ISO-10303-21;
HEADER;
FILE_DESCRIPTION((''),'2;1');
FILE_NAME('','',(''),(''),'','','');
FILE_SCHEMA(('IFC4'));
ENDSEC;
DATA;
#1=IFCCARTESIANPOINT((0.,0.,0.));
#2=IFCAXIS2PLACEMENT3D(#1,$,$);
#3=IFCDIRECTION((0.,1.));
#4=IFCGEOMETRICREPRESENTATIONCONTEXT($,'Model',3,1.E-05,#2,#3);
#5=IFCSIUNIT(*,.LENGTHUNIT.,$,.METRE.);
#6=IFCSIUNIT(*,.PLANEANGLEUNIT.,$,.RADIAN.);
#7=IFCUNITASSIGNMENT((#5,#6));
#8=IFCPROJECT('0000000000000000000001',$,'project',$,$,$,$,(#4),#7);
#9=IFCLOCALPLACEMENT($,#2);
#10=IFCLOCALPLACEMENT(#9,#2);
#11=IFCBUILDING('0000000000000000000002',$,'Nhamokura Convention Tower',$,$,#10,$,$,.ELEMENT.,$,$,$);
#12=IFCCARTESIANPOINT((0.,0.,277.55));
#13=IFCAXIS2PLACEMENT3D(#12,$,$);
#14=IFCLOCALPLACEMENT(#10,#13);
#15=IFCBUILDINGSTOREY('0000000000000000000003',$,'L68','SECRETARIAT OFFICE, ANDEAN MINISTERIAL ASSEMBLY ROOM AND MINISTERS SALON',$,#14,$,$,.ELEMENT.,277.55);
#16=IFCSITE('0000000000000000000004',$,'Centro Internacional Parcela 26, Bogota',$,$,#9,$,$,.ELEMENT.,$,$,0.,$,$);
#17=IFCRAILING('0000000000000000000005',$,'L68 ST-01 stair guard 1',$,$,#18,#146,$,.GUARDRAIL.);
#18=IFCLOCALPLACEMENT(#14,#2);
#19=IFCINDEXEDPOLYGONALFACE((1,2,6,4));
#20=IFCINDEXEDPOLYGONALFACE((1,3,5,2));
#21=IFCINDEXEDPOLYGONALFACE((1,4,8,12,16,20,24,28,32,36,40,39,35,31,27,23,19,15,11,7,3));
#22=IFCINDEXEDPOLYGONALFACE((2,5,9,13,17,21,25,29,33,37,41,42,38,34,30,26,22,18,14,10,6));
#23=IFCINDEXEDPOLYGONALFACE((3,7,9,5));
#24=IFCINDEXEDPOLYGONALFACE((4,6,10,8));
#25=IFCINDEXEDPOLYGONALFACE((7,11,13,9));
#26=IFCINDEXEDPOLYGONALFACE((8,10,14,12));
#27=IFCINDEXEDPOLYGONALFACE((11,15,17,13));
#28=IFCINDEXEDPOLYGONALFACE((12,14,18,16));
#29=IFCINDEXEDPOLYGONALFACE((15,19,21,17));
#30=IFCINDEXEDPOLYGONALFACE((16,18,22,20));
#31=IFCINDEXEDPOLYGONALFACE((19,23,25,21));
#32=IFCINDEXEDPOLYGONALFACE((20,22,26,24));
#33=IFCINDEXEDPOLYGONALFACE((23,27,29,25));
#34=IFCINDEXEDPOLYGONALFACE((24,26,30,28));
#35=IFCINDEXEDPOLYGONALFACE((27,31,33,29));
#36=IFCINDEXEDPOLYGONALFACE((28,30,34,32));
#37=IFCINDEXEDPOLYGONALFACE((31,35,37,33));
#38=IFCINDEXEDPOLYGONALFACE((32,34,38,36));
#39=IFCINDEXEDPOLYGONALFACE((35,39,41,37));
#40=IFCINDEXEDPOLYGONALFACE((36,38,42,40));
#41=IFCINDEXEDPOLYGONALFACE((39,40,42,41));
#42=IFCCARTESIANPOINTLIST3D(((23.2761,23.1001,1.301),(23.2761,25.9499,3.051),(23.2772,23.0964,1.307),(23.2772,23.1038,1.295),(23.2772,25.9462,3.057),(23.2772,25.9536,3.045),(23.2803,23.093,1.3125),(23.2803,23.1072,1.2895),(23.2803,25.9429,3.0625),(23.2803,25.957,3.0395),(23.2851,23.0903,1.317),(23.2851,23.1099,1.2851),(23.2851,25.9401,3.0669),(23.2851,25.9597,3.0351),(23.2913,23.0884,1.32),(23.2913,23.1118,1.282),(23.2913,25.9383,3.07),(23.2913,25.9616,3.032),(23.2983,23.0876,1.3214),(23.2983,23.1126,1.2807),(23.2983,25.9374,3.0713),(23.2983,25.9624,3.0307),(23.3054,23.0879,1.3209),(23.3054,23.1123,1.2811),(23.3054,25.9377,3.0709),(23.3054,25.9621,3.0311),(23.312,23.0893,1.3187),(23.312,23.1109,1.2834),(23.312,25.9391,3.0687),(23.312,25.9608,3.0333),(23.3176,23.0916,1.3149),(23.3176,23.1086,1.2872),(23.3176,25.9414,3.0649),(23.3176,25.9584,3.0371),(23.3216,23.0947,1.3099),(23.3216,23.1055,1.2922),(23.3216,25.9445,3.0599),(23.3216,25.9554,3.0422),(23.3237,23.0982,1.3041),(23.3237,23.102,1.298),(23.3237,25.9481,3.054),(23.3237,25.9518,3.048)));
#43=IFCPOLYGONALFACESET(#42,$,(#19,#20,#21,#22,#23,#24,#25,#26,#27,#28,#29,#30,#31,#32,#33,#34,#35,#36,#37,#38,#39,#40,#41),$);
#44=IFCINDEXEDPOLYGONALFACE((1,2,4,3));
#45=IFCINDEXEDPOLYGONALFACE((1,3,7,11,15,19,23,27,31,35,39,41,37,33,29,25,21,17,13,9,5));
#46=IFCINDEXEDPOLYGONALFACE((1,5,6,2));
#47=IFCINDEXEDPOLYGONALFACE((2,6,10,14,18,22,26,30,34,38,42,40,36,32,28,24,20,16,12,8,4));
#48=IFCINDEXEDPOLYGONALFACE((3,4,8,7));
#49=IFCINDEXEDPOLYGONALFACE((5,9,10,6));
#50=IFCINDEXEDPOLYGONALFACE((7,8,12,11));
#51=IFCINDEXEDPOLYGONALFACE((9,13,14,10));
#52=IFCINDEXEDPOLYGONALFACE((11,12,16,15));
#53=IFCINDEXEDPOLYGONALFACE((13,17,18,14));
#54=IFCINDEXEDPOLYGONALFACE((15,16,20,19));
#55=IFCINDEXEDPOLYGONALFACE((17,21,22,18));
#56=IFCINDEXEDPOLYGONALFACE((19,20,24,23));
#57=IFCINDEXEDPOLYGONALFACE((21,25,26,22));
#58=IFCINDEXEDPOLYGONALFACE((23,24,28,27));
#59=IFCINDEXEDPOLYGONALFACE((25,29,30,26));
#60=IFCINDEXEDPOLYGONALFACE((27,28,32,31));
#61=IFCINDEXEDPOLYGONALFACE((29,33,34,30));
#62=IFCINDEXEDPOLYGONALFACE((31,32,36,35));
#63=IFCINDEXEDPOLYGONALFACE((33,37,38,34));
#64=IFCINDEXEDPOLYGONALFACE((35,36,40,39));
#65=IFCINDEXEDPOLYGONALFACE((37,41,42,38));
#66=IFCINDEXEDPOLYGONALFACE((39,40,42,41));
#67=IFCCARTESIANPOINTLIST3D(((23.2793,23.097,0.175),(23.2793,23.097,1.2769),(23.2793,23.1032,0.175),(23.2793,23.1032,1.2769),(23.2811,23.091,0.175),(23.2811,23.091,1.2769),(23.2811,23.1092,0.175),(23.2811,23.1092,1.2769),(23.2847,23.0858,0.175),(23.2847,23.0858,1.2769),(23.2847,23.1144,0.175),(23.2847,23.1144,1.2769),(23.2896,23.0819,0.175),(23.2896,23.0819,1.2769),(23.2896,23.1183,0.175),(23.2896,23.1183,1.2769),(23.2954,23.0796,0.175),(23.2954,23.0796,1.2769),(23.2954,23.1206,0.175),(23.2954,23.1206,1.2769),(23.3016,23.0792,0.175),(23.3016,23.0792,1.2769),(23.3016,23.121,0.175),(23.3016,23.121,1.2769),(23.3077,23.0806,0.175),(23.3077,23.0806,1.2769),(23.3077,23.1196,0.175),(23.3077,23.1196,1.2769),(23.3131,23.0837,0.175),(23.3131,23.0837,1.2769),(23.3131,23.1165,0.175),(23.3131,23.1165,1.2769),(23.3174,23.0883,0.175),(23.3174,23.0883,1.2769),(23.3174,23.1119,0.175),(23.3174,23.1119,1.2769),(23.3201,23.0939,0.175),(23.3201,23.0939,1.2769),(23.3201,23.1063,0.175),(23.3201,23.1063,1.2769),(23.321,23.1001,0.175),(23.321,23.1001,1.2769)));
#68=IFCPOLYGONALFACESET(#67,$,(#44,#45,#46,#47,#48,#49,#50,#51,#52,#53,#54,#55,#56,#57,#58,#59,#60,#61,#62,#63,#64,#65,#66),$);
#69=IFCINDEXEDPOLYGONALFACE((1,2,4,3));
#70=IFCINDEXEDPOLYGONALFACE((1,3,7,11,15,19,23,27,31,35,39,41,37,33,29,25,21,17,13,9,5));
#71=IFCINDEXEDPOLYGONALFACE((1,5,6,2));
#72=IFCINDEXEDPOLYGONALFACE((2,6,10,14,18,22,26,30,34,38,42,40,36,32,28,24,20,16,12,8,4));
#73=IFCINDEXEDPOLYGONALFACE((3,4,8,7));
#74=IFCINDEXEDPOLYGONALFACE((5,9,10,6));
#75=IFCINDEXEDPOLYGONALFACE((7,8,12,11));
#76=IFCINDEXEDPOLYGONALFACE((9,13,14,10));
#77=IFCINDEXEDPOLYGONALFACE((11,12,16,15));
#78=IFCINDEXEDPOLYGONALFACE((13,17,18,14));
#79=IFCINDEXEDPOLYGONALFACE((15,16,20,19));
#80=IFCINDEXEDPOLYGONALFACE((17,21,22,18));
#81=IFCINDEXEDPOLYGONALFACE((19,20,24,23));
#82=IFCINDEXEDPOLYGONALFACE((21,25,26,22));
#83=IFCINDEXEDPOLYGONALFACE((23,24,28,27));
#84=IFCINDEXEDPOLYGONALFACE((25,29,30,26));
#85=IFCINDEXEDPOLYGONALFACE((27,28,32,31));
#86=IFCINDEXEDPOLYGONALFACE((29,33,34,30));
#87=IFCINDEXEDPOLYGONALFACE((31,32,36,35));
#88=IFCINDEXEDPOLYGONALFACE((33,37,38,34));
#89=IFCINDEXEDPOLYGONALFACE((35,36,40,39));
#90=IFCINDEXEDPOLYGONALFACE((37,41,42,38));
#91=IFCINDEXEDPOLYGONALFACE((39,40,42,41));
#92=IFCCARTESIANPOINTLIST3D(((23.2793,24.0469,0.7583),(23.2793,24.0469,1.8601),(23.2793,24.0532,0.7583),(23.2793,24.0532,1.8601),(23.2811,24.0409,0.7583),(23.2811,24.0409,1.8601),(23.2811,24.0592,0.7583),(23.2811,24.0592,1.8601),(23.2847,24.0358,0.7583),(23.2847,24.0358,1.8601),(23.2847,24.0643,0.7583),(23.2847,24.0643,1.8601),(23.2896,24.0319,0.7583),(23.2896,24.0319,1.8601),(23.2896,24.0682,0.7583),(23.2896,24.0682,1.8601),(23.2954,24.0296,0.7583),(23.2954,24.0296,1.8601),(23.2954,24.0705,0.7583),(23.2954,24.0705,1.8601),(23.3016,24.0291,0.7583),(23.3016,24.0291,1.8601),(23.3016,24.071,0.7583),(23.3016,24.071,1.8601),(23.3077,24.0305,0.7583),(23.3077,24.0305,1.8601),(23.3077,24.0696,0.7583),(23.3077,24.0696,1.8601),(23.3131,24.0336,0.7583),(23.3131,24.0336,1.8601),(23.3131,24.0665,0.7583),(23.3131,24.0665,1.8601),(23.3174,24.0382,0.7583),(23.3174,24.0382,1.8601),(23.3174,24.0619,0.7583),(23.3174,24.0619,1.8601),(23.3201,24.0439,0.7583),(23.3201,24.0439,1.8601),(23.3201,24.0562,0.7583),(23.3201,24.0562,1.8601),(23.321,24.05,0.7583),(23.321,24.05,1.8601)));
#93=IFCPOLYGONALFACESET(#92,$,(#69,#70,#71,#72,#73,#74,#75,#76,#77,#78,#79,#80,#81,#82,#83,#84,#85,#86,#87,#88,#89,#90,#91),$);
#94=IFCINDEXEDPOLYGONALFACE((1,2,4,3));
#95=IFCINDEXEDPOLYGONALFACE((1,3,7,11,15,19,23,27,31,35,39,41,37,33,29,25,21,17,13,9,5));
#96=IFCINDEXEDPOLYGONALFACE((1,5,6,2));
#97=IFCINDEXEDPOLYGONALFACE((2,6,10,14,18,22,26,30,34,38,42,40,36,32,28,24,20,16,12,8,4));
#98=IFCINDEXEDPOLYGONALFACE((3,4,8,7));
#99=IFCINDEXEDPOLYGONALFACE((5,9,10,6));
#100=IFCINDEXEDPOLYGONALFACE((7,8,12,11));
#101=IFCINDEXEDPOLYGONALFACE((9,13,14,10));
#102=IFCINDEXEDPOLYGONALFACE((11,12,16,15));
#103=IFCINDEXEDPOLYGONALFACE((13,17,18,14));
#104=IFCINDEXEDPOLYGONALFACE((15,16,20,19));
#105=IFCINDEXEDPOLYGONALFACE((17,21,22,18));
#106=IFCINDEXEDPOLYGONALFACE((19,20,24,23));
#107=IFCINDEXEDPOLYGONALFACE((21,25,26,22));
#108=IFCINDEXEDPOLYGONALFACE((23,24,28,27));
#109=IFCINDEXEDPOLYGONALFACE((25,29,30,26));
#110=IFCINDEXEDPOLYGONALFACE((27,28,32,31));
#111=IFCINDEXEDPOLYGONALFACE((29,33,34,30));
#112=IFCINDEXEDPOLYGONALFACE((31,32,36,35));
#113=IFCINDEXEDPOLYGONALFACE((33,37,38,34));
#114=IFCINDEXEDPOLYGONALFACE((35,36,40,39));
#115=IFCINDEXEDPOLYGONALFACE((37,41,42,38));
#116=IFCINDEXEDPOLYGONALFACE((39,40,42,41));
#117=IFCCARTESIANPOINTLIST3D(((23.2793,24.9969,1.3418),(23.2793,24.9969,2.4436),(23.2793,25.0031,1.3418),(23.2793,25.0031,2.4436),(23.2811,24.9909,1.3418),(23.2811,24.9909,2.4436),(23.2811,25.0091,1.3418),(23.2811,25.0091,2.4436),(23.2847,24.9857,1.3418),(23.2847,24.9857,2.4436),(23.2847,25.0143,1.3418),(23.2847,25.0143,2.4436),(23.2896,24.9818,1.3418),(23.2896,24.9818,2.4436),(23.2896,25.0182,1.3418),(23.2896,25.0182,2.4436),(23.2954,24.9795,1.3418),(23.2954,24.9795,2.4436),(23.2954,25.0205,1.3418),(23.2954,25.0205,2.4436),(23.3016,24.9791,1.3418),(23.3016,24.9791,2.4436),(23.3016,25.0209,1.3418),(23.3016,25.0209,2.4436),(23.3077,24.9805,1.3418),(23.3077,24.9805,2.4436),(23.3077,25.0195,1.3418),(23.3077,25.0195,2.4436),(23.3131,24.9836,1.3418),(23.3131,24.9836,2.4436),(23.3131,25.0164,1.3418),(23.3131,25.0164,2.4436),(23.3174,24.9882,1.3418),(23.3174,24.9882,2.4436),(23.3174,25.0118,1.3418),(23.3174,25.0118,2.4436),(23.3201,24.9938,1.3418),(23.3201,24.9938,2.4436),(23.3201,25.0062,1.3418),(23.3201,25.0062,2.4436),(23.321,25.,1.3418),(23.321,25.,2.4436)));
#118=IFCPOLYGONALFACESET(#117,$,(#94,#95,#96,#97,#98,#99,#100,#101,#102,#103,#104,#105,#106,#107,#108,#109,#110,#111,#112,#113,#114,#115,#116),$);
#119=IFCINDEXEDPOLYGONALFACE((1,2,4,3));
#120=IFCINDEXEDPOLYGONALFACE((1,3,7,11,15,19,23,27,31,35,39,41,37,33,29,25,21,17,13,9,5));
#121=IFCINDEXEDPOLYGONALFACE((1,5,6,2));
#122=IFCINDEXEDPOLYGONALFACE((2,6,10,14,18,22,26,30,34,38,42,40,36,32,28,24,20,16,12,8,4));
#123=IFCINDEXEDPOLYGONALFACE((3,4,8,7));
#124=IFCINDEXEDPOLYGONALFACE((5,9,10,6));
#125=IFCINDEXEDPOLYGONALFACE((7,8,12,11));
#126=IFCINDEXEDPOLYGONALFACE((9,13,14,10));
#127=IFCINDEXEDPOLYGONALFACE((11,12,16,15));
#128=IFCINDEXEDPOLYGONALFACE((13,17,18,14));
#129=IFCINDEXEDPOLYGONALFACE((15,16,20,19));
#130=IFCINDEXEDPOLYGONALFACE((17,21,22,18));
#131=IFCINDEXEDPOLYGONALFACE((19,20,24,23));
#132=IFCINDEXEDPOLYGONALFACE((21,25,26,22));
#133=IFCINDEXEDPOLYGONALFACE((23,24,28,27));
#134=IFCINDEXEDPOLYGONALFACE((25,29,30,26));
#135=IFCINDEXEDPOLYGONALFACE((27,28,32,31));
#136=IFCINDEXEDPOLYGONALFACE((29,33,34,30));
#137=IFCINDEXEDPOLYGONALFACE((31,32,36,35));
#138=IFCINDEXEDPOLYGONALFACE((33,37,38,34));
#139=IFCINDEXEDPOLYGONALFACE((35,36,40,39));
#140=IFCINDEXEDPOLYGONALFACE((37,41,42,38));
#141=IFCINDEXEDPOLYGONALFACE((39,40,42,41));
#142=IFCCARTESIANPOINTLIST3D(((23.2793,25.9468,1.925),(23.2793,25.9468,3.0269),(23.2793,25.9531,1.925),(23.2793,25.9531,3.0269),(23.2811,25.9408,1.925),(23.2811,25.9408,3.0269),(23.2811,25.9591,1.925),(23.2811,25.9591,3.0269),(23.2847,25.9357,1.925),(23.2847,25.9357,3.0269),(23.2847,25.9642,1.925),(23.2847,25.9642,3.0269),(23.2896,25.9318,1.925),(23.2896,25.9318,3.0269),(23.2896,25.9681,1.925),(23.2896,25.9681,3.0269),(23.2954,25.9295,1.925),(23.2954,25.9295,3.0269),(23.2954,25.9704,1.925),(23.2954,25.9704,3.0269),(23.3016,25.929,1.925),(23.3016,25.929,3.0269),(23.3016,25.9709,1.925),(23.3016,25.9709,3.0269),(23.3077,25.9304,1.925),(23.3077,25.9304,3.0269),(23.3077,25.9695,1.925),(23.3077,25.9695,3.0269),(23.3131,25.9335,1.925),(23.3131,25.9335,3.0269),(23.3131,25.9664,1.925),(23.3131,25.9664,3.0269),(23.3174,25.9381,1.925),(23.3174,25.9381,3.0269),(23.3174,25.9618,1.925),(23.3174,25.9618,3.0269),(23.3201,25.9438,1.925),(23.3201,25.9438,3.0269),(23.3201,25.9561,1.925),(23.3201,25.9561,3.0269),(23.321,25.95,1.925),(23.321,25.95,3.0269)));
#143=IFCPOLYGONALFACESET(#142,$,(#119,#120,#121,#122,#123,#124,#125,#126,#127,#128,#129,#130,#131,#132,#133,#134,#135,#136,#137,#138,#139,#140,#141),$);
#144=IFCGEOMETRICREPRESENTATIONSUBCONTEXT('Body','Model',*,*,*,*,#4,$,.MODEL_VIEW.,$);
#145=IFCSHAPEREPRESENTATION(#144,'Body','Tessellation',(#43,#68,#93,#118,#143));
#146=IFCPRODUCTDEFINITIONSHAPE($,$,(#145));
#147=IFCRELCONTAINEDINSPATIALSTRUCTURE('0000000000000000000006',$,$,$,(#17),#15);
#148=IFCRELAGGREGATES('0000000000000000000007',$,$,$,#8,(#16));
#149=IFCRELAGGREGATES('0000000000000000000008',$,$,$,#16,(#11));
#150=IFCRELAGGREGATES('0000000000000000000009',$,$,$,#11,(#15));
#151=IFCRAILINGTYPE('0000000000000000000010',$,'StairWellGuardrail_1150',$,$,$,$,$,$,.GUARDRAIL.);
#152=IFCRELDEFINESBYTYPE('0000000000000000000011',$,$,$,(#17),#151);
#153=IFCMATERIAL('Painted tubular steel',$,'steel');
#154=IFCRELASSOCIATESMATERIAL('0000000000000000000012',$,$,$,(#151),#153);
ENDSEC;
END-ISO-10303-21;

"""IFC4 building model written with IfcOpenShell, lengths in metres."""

from ifc_helpers import new_model, si_unit, direction, frame, origin, origin_2d, place, context, subcontext, project, spatial, circle, extrude, material, type_object, element, save


model = new_model("IFC4")

# Units and contexts
model_context = context("Model", 3, precision=1e-05, world=origin(), true_north=direction((0.0, 1.0)))
body_context = subcontext(model_context, "Body", "Model", "MODEL_VIEW")
ifc_project = project(units=[si_unit("LENGTHUNIT", "METRE"), si_unit("PLANEANGLEUNIT", "RADIAN")], contexts=[model_context])

# Site, building, storey
site_placement = place(None, origin())
site = spatial("IfcSite", under=ifc_project, at=site_placement, Name="Centro Internacional Parcela 26, Bogota", CompositionType="ELEMENT", RefElevation=0.0)
building_placement = place(site_placement, origin())
building = spatial("IfcBuilding", under=site, at=building_placement, Name="Nhamokura Convention Tower", CompositionType="ELEMENT")
storey_placement = place(building_placement, frame((0.0, 0.0, 277.55)))
storey = spatial("IfcBuildingStorey", under=building, at=storey_placement, Name="L68", Description="SECRETARIAT OFFICE, ANDEAN MINISTERIAL ASSEMBLY ROOM AND MINISTERS SALON", CompositionType="ELEMENT", Elevation=277.55)

# Railing
ifc_material_1 = material(Name="Painted tubular steel", Category="steel")
railing_type_1 = type_object("IfcRailingType", Name="StairWellGuardrail_1150", PredefinedType="GUARDRAIL", material=ifc_material_1)
railing_1_placement = place(storey_placement, frame((23.3, 23.1001, 0.175)))
element("IfcRailing", 1, at=railing_1_placement, inside=storey, type_object=railing_type_1, Name="L68 ST-01 stair guard 1", PredefinedType="GUARDRAIL", context=body_context, shape_type="SweptSolid", body=[
    extrude(circle(Radius=0.0239, at=origin_2d()), frame((0.0, 0.0, 1.126), z_axis=(0.0, 0.852159, 0.523283), x_axis=(-1.0, 0.0, 0.0)), (0.0, 0.0, 1.0), 3.3442),
    extrude(circle(Radius=0.021, at=origin_2d()), origin(), (0.0, 0.0, 1.0), 1.1018),
    extrude(circle(Radius=0.021, at=origin_2d()), frame((0.0, 0.95, 0.5833)), (0.0, 0.0, 1.0), 1.1018),
    extrude(circle(Radius=0.021, at=origin_2d()), frame((0.0, 1.8999, 1.1667)), (0.0, 0.0, 1.0), 1.1018),
    extrude(circle(Radius=0.021, at=origin_2d()), frame((0.0, 2.8499, 1.75)), (0.0, 0.0, 1.0), 1.1018),
])

save(model, "model.ifc")
